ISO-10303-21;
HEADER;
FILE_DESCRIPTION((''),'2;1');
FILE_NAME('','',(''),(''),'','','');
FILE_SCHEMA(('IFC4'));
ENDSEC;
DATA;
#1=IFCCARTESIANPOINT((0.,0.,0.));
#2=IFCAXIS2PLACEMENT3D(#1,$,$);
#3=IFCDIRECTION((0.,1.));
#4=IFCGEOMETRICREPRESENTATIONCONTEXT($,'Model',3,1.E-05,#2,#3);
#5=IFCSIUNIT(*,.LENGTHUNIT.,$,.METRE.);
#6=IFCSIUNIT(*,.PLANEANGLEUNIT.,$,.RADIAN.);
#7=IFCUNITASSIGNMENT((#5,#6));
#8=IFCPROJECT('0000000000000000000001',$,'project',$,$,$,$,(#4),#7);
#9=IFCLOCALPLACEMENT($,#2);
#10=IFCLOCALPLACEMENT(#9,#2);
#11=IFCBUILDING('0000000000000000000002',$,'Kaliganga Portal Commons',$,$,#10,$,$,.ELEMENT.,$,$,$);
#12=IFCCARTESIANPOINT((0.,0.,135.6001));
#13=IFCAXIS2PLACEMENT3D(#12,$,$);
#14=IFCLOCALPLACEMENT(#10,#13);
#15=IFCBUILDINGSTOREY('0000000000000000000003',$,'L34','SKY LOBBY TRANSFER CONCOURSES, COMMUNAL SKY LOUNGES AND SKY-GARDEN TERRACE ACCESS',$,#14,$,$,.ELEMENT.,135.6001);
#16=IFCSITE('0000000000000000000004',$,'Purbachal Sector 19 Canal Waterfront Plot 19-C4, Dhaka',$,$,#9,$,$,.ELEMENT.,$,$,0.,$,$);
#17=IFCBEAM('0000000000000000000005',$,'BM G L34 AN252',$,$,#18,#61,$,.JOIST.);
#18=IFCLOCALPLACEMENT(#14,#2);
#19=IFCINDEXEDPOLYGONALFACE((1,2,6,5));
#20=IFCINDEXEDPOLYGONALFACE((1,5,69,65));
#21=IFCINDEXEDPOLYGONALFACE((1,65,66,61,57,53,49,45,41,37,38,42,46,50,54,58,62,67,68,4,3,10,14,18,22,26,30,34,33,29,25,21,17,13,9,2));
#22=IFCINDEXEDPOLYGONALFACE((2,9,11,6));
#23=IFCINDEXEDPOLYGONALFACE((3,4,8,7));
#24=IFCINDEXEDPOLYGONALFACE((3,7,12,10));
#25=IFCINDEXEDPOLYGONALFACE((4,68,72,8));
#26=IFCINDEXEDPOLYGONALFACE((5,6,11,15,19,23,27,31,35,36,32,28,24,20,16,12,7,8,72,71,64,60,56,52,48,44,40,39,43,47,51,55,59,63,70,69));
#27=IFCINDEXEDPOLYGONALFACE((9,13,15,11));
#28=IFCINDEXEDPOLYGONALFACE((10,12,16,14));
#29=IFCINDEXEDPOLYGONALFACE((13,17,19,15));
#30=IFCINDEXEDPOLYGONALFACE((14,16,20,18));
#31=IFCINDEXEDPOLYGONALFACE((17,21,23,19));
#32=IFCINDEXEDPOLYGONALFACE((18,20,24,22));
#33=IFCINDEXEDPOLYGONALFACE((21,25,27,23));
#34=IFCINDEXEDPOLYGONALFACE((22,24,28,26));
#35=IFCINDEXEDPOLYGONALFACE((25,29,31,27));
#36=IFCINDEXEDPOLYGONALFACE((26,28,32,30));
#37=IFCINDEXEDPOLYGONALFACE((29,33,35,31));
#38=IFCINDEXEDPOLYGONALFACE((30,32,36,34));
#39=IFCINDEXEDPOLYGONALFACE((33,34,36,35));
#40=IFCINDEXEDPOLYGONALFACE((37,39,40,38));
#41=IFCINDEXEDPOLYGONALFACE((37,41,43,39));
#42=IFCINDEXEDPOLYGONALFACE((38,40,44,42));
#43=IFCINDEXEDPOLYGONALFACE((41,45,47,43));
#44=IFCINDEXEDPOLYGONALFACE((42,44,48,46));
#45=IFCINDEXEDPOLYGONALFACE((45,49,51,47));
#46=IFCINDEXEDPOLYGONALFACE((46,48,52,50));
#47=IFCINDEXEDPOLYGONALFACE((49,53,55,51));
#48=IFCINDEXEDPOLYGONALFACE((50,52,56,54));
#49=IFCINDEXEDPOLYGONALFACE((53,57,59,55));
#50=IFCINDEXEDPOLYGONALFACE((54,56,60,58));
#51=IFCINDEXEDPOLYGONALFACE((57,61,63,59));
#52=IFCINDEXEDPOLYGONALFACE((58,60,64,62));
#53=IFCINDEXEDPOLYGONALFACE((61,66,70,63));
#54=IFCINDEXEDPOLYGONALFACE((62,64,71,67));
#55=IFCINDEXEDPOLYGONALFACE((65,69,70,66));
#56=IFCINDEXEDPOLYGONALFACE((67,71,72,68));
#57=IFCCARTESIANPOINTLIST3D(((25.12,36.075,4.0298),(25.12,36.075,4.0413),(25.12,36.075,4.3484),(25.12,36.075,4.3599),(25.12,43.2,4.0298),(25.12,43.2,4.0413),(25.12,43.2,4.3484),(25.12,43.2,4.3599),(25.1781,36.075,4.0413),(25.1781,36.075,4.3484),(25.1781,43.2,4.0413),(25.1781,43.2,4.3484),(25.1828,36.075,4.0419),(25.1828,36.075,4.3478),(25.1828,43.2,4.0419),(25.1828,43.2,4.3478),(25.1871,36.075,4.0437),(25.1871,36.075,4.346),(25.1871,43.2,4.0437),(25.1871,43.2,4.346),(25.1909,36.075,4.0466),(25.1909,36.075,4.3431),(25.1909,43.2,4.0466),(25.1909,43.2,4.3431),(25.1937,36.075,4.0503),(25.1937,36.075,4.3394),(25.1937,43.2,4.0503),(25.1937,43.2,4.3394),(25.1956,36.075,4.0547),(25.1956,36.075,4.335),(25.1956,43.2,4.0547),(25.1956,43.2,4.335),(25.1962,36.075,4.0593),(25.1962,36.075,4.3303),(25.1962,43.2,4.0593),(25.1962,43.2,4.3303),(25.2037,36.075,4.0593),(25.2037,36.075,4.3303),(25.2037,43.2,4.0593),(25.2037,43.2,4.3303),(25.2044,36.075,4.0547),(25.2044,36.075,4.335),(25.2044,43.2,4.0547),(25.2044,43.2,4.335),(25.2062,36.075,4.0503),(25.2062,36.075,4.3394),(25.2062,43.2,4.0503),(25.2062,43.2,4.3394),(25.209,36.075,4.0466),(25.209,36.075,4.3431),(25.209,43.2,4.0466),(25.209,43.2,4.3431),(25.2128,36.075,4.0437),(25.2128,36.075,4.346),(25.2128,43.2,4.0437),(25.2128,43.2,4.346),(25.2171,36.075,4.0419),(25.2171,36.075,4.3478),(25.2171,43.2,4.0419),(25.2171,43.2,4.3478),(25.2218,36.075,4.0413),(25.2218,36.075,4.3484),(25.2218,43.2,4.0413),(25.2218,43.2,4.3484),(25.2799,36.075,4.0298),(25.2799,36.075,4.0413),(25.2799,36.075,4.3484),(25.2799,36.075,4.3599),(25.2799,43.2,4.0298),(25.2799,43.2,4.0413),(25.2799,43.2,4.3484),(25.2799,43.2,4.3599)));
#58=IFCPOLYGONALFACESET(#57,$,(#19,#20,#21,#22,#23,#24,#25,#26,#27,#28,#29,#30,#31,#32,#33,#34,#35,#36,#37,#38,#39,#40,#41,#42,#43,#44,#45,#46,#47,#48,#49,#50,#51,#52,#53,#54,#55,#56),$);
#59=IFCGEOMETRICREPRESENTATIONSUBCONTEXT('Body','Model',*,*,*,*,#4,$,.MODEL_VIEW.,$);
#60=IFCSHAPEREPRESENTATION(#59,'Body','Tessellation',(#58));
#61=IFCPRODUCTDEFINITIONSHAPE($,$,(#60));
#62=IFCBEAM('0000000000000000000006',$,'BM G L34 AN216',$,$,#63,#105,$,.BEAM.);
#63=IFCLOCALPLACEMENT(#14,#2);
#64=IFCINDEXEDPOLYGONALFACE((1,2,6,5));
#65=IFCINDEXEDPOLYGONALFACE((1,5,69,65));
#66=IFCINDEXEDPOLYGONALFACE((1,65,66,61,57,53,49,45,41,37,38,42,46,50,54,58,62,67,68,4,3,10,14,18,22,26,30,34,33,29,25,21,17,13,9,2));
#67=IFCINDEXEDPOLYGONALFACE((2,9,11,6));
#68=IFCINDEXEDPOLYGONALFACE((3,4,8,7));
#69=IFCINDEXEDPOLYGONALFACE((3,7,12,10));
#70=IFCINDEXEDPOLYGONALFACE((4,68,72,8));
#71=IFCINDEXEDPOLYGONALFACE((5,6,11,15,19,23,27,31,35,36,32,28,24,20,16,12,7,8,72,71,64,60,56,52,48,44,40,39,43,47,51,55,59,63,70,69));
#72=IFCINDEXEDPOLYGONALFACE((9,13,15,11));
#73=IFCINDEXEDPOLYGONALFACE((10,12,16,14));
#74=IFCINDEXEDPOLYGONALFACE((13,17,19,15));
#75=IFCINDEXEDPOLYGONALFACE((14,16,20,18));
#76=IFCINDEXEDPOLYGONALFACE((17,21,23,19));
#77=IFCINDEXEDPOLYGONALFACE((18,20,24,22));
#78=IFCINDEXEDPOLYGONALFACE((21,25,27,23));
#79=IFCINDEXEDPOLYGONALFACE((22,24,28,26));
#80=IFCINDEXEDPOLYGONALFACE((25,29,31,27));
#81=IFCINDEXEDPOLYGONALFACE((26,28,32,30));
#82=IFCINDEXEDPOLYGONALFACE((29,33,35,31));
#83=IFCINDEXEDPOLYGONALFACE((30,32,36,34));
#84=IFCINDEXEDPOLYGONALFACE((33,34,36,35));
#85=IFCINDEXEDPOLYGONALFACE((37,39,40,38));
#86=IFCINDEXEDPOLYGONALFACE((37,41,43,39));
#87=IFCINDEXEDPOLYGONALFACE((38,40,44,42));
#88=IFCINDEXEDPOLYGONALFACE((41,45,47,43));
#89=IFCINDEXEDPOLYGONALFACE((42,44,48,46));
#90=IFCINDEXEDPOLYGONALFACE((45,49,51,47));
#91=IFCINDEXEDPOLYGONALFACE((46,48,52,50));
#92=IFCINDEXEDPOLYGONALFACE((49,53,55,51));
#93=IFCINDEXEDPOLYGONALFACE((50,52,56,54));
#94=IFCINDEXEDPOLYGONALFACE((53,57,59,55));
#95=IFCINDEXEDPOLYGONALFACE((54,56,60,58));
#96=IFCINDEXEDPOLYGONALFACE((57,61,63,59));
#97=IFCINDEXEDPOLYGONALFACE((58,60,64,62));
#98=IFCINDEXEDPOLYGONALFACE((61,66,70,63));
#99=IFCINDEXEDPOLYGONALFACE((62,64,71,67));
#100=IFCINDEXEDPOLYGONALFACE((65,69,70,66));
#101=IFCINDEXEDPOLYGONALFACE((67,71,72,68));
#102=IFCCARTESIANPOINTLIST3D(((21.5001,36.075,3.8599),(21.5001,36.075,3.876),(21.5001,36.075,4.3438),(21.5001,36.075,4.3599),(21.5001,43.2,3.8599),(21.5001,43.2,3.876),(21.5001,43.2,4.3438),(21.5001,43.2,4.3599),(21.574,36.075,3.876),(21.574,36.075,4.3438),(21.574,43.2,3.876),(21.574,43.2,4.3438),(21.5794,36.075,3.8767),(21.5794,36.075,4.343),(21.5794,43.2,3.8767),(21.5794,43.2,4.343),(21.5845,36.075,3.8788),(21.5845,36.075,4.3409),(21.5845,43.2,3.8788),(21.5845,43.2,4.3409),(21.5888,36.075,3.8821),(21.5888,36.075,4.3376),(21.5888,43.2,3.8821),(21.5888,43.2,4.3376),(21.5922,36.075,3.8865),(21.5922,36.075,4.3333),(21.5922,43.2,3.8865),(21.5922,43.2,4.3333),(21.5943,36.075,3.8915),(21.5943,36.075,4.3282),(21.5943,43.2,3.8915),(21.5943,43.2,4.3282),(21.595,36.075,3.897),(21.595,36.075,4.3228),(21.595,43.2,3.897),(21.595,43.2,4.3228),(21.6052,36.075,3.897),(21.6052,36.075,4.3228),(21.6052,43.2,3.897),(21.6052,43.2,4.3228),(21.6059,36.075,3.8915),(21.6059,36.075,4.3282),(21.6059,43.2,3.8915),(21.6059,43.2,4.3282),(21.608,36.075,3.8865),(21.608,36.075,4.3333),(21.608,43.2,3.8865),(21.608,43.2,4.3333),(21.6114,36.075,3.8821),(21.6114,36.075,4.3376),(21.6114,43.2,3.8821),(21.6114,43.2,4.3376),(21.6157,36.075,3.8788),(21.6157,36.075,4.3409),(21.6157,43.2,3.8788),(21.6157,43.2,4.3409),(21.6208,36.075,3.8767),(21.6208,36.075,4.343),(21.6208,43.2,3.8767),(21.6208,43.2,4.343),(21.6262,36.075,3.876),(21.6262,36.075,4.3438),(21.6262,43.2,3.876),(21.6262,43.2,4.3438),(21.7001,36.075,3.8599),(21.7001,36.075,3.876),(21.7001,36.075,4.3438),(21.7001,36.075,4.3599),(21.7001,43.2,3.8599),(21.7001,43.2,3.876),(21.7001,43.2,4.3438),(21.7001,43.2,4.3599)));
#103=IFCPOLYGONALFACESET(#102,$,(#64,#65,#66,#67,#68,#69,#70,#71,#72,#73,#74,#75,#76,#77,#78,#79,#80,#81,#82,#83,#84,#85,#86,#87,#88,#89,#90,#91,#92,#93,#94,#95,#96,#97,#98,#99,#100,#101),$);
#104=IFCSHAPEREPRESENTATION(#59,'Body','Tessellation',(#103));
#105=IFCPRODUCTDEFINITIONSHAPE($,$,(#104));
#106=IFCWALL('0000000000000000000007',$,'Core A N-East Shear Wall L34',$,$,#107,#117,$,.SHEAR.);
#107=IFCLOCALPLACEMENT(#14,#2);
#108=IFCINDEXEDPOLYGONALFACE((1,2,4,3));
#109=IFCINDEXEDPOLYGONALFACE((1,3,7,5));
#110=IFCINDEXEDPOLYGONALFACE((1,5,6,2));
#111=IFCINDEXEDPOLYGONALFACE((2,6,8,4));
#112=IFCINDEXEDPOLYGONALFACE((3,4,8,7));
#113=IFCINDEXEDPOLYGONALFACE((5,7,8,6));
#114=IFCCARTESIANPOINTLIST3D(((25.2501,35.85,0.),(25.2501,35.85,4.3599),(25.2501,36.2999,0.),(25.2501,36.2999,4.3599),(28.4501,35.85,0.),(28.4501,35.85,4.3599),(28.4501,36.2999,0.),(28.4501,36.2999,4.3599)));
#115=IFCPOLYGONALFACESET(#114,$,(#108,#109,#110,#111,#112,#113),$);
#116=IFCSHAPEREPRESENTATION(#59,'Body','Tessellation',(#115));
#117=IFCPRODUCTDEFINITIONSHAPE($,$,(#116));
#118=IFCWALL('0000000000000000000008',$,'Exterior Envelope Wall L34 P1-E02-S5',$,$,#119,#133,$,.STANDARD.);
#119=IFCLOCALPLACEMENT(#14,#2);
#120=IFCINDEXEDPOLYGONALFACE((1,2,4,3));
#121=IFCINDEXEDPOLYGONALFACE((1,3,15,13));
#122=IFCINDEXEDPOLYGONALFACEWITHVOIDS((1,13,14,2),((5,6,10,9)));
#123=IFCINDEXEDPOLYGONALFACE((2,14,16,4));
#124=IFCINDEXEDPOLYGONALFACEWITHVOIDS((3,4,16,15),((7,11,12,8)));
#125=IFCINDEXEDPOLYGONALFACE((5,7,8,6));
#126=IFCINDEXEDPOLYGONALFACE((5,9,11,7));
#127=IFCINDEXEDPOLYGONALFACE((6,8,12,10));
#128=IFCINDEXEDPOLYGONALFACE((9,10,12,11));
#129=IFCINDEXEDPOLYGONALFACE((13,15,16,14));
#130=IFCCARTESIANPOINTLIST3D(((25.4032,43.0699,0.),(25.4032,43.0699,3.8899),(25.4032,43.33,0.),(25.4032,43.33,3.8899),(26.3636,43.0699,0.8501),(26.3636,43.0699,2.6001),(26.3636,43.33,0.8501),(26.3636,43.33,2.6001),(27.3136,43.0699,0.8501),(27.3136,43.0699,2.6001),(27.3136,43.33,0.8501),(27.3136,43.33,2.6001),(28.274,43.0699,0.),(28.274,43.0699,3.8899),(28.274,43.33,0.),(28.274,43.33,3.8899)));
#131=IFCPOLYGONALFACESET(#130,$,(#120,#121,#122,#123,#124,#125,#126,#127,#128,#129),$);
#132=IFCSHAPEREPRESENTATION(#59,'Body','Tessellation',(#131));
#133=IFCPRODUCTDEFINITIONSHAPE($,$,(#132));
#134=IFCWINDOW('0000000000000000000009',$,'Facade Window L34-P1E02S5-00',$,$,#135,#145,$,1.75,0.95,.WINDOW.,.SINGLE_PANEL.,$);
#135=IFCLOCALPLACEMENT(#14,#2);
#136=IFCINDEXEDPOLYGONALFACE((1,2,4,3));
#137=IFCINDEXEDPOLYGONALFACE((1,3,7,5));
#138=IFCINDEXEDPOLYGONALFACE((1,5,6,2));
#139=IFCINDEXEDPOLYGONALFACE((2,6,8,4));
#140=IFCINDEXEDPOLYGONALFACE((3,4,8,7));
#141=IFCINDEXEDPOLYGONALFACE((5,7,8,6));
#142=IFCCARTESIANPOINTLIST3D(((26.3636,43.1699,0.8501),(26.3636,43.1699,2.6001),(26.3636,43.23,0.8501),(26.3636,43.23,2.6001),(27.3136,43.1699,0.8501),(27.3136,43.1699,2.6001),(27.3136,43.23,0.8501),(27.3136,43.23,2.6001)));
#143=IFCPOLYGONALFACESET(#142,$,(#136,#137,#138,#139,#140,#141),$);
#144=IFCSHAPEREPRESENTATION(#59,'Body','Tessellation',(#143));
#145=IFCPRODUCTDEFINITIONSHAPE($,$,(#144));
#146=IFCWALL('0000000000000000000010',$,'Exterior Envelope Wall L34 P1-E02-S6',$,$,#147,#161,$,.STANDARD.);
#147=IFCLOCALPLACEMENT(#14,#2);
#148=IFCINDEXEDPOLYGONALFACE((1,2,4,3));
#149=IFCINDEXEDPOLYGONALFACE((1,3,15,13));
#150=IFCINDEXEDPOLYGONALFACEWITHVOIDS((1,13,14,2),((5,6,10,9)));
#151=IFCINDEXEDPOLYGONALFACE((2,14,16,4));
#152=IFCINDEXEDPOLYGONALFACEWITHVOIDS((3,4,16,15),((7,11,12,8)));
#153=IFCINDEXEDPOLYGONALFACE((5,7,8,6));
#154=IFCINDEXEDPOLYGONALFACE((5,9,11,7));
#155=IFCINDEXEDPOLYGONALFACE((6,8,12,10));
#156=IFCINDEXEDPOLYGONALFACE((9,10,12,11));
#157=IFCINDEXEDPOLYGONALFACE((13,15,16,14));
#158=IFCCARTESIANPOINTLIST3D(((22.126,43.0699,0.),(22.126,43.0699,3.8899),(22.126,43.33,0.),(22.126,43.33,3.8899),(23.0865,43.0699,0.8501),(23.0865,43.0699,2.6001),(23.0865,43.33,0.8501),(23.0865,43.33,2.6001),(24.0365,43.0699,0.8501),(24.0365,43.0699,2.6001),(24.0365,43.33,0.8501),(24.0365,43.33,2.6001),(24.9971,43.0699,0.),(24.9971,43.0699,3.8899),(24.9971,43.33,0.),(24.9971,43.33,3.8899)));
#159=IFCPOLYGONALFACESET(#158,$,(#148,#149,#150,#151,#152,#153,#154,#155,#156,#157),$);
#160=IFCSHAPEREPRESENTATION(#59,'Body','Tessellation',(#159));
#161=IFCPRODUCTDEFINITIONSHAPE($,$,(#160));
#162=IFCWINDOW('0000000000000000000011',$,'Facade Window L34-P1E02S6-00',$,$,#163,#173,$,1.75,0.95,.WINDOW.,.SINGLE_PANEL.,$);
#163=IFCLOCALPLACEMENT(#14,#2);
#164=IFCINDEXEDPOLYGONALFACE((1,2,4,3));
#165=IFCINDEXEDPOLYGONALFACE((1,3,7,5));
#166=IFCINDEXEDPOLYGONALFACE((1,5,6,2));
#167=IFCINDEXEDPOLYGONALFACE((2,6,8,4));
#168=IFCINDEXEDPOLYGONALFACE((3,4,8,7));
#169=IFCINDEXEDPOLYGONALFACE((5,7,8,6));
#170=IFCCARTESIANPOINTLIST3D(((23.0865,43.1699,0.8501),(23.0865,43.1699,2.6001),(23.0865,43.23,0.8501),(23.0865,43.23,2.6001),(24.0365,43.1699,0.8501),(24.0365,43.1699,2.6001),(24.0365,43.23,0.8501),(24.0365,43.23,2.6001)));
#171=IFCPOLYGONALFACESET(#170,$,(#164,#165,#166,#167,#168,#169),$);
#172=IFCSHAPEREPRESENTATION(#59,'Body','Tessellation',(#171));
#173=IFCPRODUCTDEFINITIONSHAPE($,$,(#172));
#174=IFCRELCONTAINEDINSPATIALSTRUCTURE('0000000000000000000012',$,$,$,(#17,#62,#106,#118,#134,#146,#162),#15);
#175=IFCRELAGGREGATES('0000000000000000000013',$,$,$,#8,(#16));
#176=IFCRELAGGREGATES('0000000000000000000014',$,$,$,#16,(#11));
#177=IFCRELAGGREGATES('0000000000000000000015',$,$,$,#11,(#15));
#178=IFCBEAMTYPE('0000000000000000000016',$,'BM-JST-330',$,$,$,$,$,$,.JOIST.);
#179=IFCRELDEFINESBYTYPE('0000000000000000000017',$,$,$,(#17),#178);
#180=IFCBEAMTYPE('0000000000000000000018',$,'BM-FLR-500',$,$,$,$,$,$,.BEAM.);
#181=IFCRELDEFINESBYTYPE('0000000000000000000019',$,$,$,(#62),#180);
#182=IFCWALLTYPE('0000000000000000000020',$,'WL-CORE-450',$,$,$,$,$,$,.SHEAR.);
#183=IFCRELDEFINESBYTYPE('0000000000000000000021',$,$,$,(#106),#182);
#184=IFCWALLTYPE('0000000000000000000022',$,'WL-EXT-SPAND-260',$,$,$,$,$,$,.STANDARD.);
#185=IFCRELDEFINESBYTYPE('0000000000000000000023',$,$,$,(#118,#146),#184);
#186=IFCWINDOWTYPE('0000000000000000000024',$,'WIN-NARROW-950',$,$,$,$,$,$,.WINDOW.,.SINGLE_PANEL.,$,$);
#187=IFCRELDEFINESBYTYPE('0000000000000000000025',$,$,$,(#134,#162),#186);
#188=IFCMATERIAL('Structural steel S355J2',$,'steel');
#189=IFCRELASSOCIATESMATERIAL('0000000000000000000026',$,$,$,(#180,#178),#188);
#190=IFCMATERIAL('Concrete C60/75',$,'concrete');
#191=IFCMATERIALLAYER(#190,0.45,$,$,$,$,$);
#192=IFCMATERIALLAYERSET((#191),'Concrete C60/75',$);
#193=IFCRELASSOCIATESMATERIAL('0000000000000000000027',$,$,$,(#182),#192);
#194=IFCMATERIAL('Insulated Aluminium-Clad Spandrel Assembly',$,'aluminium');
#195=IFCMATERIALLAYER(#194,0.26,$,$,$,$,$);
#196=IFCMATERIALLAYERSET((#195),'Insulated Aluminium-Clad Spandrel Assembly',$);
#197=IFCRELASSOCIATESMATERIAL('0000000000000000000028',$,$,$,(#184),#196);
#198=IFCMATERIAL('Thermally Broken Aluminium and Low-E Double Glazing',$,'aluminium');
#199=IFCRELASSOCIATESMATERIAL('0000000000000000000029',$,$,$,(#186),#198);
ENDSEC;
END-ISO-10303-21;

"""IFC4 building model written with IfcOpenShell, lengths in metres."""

from ifc_helpers import new_model, si_unit, direction, frame, frame_2d, origin, origin_2d, place, context, subcontext, project, spatial, rectangle, i_section, extrude, source, transform, mapped, material, layer, layer_set, material_profile, profile_set, type_object, element, fill, save


model = new_model("IFC4")

# Units and contexts
model_context = context("Model", 3, precision=1e-05, world=origin(), true_north=direction((0.0, 1.0)))
body_context = subcontext(model_context, "Body", "Model", "MODEL_VIEW")
ifc_project = project(units=[si_unit("LENGTHUNIT", "METRE"), si_unit("PLANEANGLEUNIT", "RADIAN")], contexts=[model_context])

# Site, building, storey
site_placement = place(None, origin())
site = spatial("IfcSite", under=ifc_project, at=site_placement, Name="Purbachal Sector 19 Canal Waterfront Plot 19-C4, Dhaka", CompositionType="ELEMENT", RefElevation=0.0)
building_placement = place(site_placement, origin())
building = spatial("IfcBuilding", under=site, at=building_placement, Name="Kaliganga Portal Commons", CompositionType="ELEMENT")
storey_placement = place(building_placement, frame((0.0, 0.0, 135.6001)))
storey = spatial("IfcBuildingStorey", under=building, at=storey_placement, Name="L34", Description="SKY LOBBY TRANSFER CONCOURSES, COMMUNAL SKY LOUNGES AND SKY-GARDEN TERRACE ACCESS", CompositionType="ELEMENT", Elevation=135.6001)

# Shared definitions
ifc_material_1 = material(Name="Concrete C60/75", Category="concrete")

# Beams
ifc_material_2 = material(Name="Structural steel S355J2", Category="steel")
ifc_material_profile_1 = material_profile(ifc_material_2, i_section(OverallWidth=0.2, OverallDepth=0.5, WebThickness=0.0103, FlangeThickness=0.0161, FilletRadius=0.021, at=origin_2d()), Name="IPE 500")
ifc_profile_set_1 = profile_set([ifc_material_profile_1], Name="Structural steel S355J2 wide-flange")
beam_type_1 = type_object("IfcBeamType", Name="BM-FLR-500", PredefinedType="BEAM", material=ifc_profile_set_1)
ifc_material_profile_2 = material_profile(ifc_material_2, i_section(OverallWidth=0.1599, OverallDepth=0.3301, WebThickness=0.0076, FlangeThickness=0.0115, FilletRadius=0.0181, at=origin_2d()), Name="IPE 330")
ifc_profile_set_2 = profile_set([ifc_material_profile_2], Name="Structural steel S355J2 wide-flange")
beam_type_2 = type_object("IfcBeamType", Name="BM-JST-330", PredefinedType="JOIST", material=ifc_profile_set_2)
shared_shape_1 = source(origin(), body_context, "Body", "SweptSolid", [
    extrude(i_section(OverallWidth=0.1599, OverallDepth=0.3301, WebThickness=0.0076, FlangeThickness=0.0115, FilletRadius=0.0181, at=origin_2d()), origin(), (0.0, 0.0, 1.0), 7.125),
])
beam_1_placement = place(storey_placement, frame((25.2, 36.075, 4.1948), z_axis=(0.0, 1.0, 0.0), x_axis=(-1.0, 0.0, 0.0)))
element("IfcBeam", 1, at=beam_1_placement, inside=storey, type_object=beam_type_2, Name="BM G L34 AN252", PredefinedType="JOIST", context=body_context, shape_type="MappedRepresentation", body=[
    mapped(shared_shape_1, transform((0.0, 0.0, 0.0), x_axis=(1.0, 0.0, 0.0), y_axis=(0.0, 1.0, 0.0), z_axis=(0.0, 0.0, 1.0), scale=1.0)),
])
shared_shape_2 = source(origin(), body_context, "Body", "SweptSolid", [
    extrude(i_section(OverallWidth=0.2, OverallDepth=0.5, WebThickness=0.0103, FlangeThickness=0.0161, FilletRadius=0.021, at=origin_2d()), origin(), (0.0, 0.0, 1.0), 7.125),
])
beam_2_placement = place(storey_placement, frame((21.6001, 36.075, 4.1099), z_axis=(0.0, 1.0, 0.0), x_axis=(-1.0, 0.0, 0.0)))
element("IfcBeam", 2, at=beam_2_placement, inside=storey, type_object=beam_type_1, Name="BM G L34 AN216", PredefinedType="BEAM", context=body_context, shape_type="MappedRepresentation", body=[
    mapped(shared_shape_2, transform((0.0, 0.0, 0.0), x_axis=(1.0, 0.0, 0.0), y_axis=(0.0, 1.0, 0.0), z_axis=(0.0, 0.0, 1.0), scale=1.0)),
])

# Wall
ifc_layer_1 = layer(ifc_material_1, 0.45)
ifc_layer_set_1 = layer_set([ifc_layer_1], Name="Concrete C60/75")
wall_type_1 = type_object("IfcWallType", Name="WL-CORE-450", PredefinedType="SHEAR", material=ifc_layer_set_1)
wall_1_placement = place(storey_placement, frame((25.25, 36.075, 0.0), z_axis=(0.0, 0.0, 1.0), x_axis=(1.0, 0.0, 0.0)))
element("IfcWall", 3, at=wall_1_placement, inside=storey, type_object=wall_type_1, Name="Core A N-East Shear Wall L34", PredefinedType="SHEAR", context=body_context, shape_type="SweptSolid", body=[
    extrude(rectangle(XDim=3.2, YDim=0.45, at=frame_2d((1.6001, 0.0))), origin(), (0.0, 0.0, 1.0), 4.3599),
])

# Walls, openings, windows
ifc_material_3 = material(Name="Insulated Aluminium-Clad Spandrel Assembly", Category="aluminium")
ifc_layer_2 = layer(ifc_material_3, 0.26)
ifc_layer_set_2 = layer_set([ifc_layer_2], Name="Insulated Aluminium-Clad Spandrel Assembly")
wall_type_2 = type_object("IfcWallType", Name="WL-EXT-SPAND-260", PredefinedType="STANDARD", material=ifc_layer_set_2)
wall_2_placement = place(storey_placement, frame((25.4031, 43.2, 0.0), z_axis=(0.0, 0.0, 1.0), x_axis=(1.0, 0.0, 0.0)))
wall_2 = element("IfcWall", 4, at=wall_2_placement, inside=storey, type_object=wall_type_2, Name="Exterior Envelope Wall L34 P1-E02-S5", PredefinedType="STANDARD", context=body_context, shape_type="SweptSolid", body=[
    extrude(rectangle(XDim=2.8708, YDim=0.26, at=frame_2d((1.4355, 0.0))), origin(), (0.0, 0.0, 1.0), 3.8899),
])
opening_1_placement = place(wall_2_placement, frame((0.9604, 0.0, 0.8501)))
opening_1 = element("IfcOpeningElement", 5, at=opening_1_placement, cuts=wall_2, PredefinedType="OPENING", context=body_context, shape_type="SweptSolid", body=[
    extrude(rectangle(XDim=0.95, YDim=1.75, at=frame_2d((0.4751, 0.875))), frame((0.0, 0.1401, 0.0), z_axis=(0.0, -1.0, 0.0), x_axis=(1.0, 0.0, 0.0)), (0.0, 0.0, 1.0), 0.28),
])
ifc_material_4 = material(Name="Thermally Broken Aluminium and Low-E Double Glazing", Category="aluminium")
window_type = type_object("IfcWindowType", Name="WIN-NARROW-950", PartitioningType="SINGLE_PANEL", PredefinedType="WINDOW", material=ifc_material_4)
window_1_placement = place(opening_1_placement, origin())
window_1 = element("IfcWindow", 6, at=window_1_placement, inside=storey, type_object=window_type, Name="Facade Window L34-P1E02S5-00", OverallHeight=1.75, OverallWidth=0.95, PartitioningType="SINGLE_PANEL", PredefinedType="WINDOW", context=body_context, shape_type="SweptSolid", body=[
    extrude(rectangle(XDim=0.95, YDim=1.75, at=frame_2d((0.4751, 0.875))), frame((0.0, 0.03, 0.0), z_axis=(0.0, -1.0, 0.0), x_axis=(1.0, 0.0, 0.0)), (0.0, 0.0, 1.0), 0.0601),
])
fill(opening_1, window_1)
wall_3_placement = place(storey_placement, frame((22.126, 43.2, 0.0), z_axis=(0.0, 0.0, 1.0), x_axis=(1.0, 0.0, 0.0)))
wall_3 = element("IfcWall", 7, at=wall_3_placement, inside=storey, type_object=wall_type_2, Name="Exterior Envelope Wall L34 P1-E02-S6", PredefinedType="STANDARD", context=body_context, shape_type="SweptSolid", body=[
    extrude(rectangle(XDim=2.8711, YDim=0.26, at=frame_2d((1.4355, 0.0))), origin(), (0.0, 0.0, 1.0), 3.8899),
])
opening_2_placement = place(wall_3_placement, frame((0.9604, 0.0, 0.8501)))
opening_2 = element("IfcOpeningElement", 8, at=opening_2_placement, cuts=wall_3, PredefinedType="OPENING", context=body_context, shape_type="SweptSolid", body=[
    extrude(rectangle(XDim=0.95, YDim=1.75, at=frame_2d((0.4751, 0.875))), frame((0.0, 0.1401, 0.0), z_axis=(0.0, -1.0, 0.0), x_axis=(1.0, 0.0, 0.0)), (0.0, 0.0, 1.0), 0.28),
])
window_2_placement = place(opening_2_placement, origin())
window_2 = element("IfcWindow", 9, at=window_2_placement, inside=storey, type_object=window_type, Name="Facade Window L34-P1E02S6-00", OverallHeight=1.75, OverallWidth=0.95, PartitioningType="SINGLE_PANEL", PredefinedType="WINDOW", context=body_context, shape_type="SweptSolid", body=[
    extrude(rectangle(XDim=0.95, YDim=1.75, at=frame_2d((0.4751, 0.875))), frame((0.0, 0.03, 0.0), z_axis=(0.0, -1.0, 0.0), x_axis=(1.0, 0.0, 0.0)), (0.0, 0.0, 1.0), 0.0601),
])
fill(opening_2, window_2)

save(model, "model.ifc")
